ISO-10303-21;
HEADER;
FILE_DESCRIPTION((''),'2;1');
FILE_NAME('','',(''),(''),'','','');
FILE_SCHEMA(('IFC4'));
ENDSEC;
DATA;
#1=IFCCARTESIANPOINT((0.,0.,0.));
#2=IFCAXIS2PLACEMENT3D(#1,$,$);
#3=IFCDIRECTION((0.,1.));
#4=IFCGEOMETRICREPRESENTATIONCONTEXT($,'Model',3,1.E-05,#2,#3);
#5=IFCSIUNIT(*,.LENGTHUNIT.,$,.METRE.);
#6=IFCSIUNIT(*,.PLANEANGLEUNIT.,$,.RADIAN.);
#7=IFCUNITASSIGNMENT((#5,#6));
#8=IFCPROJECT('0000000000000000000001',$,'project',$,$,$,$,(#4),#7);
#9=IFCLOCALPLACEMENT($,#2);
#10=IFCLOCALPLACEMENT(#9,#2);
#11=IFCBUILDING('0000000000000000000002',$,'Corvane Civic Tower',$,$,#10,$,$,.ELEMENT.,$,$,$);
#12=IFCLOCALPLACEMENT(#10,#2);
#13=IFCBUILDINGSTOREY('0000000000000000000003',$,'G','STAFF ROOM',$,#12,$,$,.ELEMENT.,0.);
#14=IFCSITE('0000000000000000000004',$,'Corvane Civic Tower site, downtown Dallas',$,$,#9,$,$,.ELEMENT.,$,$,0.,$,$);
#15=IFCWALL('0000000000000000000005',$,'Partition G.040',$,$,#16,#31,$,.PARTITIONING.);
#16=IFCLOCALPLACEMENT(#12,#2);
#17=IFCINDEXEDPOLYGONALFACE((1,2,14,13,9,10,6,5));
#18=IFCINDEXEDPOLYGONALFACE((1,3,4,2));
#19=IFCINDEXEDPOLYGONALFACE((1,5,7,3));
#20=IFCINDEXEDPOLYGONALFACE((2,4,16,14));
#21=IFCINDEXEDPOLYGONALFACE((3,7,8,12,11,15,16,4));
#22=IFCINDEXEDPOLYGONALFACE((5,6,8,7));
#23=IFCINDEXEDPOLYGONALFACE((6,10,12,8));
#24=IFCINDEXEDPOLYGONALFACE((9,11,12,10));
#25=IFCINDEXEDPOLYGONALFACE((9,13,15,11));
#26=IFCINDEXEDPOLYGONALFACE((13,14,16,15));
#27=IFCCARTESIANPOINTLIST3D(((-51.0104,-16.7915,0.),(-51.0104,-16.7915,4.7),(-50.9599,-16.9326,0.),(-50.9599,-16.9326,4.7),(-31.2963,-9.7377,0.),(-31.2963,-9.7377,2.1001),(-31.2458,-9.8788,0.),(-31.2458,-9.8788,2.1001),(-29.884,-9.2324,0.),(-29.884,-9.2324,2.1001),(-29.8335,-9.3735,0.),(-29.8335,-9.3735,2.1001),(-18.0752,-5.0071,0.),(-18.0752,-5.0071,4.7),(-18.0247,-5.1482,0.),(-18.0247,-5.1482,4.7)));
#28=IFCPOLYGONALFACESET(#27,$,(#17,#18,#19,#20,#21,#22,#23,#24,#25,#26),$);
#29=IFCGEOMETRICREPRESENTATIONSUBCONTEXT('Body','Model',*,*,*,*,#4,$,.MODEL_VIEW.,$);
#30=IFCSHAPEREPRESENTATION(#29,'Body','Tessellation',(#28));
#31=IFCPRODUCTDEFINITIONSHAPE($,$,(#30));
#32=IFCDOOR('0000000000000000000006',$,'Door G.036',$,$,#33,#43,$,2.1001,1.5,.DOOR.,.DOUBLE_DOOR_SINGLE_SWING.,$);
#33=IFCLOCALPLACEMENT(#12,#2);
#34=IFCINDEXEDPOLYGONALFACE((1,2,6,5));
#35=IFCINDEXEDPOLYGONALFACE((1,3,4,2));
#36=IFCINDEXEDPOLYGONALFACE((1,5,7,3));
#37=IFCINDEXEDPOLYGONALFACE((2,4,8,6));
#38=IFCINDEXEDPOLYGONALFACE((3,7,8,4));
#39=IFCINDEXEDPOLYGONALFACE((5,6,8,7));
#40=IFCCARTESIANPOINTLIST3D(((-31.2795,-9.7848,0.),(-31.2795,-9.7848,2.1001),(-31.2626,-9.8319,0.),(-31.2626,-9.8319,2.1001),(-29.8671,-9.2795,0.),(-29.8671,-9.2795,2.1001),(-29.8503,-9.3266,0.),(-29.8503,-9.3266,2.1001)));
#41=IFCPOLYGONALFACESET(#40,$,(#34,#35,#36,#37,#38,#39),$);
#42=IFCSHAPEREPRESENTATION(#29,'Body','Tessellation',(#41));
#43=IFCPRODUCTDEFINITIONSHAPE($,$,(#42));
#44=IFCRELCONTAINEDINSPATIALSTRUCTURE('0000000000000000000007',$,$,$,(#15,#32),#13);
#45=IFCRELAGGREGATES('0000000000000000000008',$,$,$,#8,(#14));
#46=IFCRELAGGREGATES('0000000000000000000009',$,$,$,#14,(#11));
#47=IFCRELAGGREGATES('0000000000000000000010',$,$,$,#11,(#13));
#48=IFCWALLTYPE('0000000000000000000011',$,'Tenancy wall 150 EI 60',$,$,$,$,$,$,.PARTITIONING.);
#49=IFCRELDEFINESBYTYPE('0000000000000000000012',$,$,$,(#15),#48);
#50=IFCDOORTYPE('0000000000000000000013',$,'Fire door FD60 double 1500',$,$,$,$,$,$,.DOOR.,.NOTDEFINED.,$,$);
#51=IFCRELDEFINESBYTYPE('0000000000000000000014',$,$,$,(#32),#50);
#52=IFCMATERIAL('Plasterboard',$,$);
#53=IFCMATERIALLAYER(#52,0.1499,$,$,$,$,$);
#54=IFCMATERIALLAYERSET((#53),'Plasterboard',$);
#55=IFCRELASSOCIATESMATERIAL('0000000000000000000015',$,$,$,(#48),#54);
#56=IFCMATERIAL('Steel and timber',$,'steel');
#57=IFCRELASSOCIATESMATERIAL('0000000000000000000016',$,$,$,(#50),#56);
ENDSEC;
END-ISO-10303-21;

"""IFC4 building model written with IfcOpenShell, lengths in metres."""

from ifc_helpers import new_model, si_unit, direction, frame, frame_2d, origin, place, context, subcontext, project, spatial, rectangle, extrude, material, layer, layer_set, type_object, element, fill, save


model = new_model("IFC4")

# Units and contexts
model_context = context("Model", 3, precision=1e-05, world=origin(), true_north=direction((0.0, 1.0)))
body_context = subcontext(model_context, "Body", "Model", "MODEL_VIEW")
ifc_project = project(units=[si_unit("LENGTHUNIT", "METRE"), si_unit("PLANEANGLEUNIT", "RADIAN")], contexts=[model_context])

# Site, building, storey
site_placement = place(None, origin())
site = spatial("IfcSite", under=ifc_project, at=site_placement, Name="Corvane Civic Tower site, downtown Dallas", CompositionType="ELEMENT", RefElevation=0.0)
building_placement = place(site_placement, origin())
building = spatial("IfcBuilding", under=site, at=building_placement, Name="Corvane Civic Tower", CompositionType="ELEMENT")
storey_placement = place(building_placement, origin())
storey = spatial("IfcBuildingStorey", under=building, at=storey_placement, Name="G", Description="STAFF ROOM", CompositionType="ELEMENT", Elevation=0.0)

# Shared definitions
ifc_material_1 = material(Name="Plasterboard")
ifc_layer_1 = layer(ifc_material_1, 0.1499)
ifc_layer_set_1 = layer_set([ifc_layer_1], Name="Plasterboard")
wall_type_1 = type_object("IfcWallType", Name="Tenancy wall 150 EI 60", PredefinedType="PARTITIONING", material=ifc_layer_set_1)

# Wall, opening, door
wall_1_placement = place(storey_placement, frame((-50.9851, -16.8621, 0.0), z_axis=(0.0, 0.0, 1.0), x_axis=(0.941544, 0.336889, 0.0)))
wall_1 = element("IfcWall", 1, at=wall_1_placement, inside=storey, type_object=wall_type_1, Name="Partition G.040", PredefinedType="PARTITIONING", context=body_context, shape_type="SweptSolid", body=[
    extrude(rectangle(XDim=34.98, YDim=0.1499, at=frame_2d((17.49, 0.0))), origin(), (0.0, 0.0, 1.0), 4.7),
])
opening_1_placement = place(wall_1_placement, frame((20.938, 0.0, 0.0)))
opening_1 = element("IfcOpeningElement", 2, at=opening_1_placement, cuts=wall_1, PredefinedType="OPENING", context=body_context, shape_type="SweptSolid", body=[
    extrude(rectangle(XDim=1.5, YDim=2.1001, at=frame_2d((0.75, 1.05))), frame((0.0, 0.085, 0.0), z_axis=(0.0, -1.0, 0.0), x_axis=(1.0, 0.0, 0.0)), (0.0, 0.0, 1.0), 0.1699),
])
ifc_material_2 = material(Name="Steel and timber", Category="steel")
door_type_1 = type_object("IfcDoorType", Name="Fire door FD60 double 1500", OperationType="NOTDEFINED", PredefinedType="DOOR", material=ifc_material_2)
door_1_placement = place(opening_1_placement, origin())
door_1 = element("IfcDoor", 3, at=door_1_placement, inside=storey, type_object=door_type_1, Name="Door G.036", OperationType="DOUBLE_DOOR_SINGLE_SWING", OverallHeight=2.1001, OverallWidth=1.5, PredefinedType="DOOR", context=body_context, shape_type="SweptSolid", body=[
    extrude(rectangle(XDim=1.5, YDim=2.1001, at=frame_2d((0.75, 1.05))), frame((0.0, 0.0249, 0.0), z_axis=(0.0, -1.0, 0.0), x_axis=(1.0, 0.0, 0.0)), (0.0, 0.0, 1.0), 0.05),
])
fill(opening_1, door_1)

save(model, "model.ifc")
